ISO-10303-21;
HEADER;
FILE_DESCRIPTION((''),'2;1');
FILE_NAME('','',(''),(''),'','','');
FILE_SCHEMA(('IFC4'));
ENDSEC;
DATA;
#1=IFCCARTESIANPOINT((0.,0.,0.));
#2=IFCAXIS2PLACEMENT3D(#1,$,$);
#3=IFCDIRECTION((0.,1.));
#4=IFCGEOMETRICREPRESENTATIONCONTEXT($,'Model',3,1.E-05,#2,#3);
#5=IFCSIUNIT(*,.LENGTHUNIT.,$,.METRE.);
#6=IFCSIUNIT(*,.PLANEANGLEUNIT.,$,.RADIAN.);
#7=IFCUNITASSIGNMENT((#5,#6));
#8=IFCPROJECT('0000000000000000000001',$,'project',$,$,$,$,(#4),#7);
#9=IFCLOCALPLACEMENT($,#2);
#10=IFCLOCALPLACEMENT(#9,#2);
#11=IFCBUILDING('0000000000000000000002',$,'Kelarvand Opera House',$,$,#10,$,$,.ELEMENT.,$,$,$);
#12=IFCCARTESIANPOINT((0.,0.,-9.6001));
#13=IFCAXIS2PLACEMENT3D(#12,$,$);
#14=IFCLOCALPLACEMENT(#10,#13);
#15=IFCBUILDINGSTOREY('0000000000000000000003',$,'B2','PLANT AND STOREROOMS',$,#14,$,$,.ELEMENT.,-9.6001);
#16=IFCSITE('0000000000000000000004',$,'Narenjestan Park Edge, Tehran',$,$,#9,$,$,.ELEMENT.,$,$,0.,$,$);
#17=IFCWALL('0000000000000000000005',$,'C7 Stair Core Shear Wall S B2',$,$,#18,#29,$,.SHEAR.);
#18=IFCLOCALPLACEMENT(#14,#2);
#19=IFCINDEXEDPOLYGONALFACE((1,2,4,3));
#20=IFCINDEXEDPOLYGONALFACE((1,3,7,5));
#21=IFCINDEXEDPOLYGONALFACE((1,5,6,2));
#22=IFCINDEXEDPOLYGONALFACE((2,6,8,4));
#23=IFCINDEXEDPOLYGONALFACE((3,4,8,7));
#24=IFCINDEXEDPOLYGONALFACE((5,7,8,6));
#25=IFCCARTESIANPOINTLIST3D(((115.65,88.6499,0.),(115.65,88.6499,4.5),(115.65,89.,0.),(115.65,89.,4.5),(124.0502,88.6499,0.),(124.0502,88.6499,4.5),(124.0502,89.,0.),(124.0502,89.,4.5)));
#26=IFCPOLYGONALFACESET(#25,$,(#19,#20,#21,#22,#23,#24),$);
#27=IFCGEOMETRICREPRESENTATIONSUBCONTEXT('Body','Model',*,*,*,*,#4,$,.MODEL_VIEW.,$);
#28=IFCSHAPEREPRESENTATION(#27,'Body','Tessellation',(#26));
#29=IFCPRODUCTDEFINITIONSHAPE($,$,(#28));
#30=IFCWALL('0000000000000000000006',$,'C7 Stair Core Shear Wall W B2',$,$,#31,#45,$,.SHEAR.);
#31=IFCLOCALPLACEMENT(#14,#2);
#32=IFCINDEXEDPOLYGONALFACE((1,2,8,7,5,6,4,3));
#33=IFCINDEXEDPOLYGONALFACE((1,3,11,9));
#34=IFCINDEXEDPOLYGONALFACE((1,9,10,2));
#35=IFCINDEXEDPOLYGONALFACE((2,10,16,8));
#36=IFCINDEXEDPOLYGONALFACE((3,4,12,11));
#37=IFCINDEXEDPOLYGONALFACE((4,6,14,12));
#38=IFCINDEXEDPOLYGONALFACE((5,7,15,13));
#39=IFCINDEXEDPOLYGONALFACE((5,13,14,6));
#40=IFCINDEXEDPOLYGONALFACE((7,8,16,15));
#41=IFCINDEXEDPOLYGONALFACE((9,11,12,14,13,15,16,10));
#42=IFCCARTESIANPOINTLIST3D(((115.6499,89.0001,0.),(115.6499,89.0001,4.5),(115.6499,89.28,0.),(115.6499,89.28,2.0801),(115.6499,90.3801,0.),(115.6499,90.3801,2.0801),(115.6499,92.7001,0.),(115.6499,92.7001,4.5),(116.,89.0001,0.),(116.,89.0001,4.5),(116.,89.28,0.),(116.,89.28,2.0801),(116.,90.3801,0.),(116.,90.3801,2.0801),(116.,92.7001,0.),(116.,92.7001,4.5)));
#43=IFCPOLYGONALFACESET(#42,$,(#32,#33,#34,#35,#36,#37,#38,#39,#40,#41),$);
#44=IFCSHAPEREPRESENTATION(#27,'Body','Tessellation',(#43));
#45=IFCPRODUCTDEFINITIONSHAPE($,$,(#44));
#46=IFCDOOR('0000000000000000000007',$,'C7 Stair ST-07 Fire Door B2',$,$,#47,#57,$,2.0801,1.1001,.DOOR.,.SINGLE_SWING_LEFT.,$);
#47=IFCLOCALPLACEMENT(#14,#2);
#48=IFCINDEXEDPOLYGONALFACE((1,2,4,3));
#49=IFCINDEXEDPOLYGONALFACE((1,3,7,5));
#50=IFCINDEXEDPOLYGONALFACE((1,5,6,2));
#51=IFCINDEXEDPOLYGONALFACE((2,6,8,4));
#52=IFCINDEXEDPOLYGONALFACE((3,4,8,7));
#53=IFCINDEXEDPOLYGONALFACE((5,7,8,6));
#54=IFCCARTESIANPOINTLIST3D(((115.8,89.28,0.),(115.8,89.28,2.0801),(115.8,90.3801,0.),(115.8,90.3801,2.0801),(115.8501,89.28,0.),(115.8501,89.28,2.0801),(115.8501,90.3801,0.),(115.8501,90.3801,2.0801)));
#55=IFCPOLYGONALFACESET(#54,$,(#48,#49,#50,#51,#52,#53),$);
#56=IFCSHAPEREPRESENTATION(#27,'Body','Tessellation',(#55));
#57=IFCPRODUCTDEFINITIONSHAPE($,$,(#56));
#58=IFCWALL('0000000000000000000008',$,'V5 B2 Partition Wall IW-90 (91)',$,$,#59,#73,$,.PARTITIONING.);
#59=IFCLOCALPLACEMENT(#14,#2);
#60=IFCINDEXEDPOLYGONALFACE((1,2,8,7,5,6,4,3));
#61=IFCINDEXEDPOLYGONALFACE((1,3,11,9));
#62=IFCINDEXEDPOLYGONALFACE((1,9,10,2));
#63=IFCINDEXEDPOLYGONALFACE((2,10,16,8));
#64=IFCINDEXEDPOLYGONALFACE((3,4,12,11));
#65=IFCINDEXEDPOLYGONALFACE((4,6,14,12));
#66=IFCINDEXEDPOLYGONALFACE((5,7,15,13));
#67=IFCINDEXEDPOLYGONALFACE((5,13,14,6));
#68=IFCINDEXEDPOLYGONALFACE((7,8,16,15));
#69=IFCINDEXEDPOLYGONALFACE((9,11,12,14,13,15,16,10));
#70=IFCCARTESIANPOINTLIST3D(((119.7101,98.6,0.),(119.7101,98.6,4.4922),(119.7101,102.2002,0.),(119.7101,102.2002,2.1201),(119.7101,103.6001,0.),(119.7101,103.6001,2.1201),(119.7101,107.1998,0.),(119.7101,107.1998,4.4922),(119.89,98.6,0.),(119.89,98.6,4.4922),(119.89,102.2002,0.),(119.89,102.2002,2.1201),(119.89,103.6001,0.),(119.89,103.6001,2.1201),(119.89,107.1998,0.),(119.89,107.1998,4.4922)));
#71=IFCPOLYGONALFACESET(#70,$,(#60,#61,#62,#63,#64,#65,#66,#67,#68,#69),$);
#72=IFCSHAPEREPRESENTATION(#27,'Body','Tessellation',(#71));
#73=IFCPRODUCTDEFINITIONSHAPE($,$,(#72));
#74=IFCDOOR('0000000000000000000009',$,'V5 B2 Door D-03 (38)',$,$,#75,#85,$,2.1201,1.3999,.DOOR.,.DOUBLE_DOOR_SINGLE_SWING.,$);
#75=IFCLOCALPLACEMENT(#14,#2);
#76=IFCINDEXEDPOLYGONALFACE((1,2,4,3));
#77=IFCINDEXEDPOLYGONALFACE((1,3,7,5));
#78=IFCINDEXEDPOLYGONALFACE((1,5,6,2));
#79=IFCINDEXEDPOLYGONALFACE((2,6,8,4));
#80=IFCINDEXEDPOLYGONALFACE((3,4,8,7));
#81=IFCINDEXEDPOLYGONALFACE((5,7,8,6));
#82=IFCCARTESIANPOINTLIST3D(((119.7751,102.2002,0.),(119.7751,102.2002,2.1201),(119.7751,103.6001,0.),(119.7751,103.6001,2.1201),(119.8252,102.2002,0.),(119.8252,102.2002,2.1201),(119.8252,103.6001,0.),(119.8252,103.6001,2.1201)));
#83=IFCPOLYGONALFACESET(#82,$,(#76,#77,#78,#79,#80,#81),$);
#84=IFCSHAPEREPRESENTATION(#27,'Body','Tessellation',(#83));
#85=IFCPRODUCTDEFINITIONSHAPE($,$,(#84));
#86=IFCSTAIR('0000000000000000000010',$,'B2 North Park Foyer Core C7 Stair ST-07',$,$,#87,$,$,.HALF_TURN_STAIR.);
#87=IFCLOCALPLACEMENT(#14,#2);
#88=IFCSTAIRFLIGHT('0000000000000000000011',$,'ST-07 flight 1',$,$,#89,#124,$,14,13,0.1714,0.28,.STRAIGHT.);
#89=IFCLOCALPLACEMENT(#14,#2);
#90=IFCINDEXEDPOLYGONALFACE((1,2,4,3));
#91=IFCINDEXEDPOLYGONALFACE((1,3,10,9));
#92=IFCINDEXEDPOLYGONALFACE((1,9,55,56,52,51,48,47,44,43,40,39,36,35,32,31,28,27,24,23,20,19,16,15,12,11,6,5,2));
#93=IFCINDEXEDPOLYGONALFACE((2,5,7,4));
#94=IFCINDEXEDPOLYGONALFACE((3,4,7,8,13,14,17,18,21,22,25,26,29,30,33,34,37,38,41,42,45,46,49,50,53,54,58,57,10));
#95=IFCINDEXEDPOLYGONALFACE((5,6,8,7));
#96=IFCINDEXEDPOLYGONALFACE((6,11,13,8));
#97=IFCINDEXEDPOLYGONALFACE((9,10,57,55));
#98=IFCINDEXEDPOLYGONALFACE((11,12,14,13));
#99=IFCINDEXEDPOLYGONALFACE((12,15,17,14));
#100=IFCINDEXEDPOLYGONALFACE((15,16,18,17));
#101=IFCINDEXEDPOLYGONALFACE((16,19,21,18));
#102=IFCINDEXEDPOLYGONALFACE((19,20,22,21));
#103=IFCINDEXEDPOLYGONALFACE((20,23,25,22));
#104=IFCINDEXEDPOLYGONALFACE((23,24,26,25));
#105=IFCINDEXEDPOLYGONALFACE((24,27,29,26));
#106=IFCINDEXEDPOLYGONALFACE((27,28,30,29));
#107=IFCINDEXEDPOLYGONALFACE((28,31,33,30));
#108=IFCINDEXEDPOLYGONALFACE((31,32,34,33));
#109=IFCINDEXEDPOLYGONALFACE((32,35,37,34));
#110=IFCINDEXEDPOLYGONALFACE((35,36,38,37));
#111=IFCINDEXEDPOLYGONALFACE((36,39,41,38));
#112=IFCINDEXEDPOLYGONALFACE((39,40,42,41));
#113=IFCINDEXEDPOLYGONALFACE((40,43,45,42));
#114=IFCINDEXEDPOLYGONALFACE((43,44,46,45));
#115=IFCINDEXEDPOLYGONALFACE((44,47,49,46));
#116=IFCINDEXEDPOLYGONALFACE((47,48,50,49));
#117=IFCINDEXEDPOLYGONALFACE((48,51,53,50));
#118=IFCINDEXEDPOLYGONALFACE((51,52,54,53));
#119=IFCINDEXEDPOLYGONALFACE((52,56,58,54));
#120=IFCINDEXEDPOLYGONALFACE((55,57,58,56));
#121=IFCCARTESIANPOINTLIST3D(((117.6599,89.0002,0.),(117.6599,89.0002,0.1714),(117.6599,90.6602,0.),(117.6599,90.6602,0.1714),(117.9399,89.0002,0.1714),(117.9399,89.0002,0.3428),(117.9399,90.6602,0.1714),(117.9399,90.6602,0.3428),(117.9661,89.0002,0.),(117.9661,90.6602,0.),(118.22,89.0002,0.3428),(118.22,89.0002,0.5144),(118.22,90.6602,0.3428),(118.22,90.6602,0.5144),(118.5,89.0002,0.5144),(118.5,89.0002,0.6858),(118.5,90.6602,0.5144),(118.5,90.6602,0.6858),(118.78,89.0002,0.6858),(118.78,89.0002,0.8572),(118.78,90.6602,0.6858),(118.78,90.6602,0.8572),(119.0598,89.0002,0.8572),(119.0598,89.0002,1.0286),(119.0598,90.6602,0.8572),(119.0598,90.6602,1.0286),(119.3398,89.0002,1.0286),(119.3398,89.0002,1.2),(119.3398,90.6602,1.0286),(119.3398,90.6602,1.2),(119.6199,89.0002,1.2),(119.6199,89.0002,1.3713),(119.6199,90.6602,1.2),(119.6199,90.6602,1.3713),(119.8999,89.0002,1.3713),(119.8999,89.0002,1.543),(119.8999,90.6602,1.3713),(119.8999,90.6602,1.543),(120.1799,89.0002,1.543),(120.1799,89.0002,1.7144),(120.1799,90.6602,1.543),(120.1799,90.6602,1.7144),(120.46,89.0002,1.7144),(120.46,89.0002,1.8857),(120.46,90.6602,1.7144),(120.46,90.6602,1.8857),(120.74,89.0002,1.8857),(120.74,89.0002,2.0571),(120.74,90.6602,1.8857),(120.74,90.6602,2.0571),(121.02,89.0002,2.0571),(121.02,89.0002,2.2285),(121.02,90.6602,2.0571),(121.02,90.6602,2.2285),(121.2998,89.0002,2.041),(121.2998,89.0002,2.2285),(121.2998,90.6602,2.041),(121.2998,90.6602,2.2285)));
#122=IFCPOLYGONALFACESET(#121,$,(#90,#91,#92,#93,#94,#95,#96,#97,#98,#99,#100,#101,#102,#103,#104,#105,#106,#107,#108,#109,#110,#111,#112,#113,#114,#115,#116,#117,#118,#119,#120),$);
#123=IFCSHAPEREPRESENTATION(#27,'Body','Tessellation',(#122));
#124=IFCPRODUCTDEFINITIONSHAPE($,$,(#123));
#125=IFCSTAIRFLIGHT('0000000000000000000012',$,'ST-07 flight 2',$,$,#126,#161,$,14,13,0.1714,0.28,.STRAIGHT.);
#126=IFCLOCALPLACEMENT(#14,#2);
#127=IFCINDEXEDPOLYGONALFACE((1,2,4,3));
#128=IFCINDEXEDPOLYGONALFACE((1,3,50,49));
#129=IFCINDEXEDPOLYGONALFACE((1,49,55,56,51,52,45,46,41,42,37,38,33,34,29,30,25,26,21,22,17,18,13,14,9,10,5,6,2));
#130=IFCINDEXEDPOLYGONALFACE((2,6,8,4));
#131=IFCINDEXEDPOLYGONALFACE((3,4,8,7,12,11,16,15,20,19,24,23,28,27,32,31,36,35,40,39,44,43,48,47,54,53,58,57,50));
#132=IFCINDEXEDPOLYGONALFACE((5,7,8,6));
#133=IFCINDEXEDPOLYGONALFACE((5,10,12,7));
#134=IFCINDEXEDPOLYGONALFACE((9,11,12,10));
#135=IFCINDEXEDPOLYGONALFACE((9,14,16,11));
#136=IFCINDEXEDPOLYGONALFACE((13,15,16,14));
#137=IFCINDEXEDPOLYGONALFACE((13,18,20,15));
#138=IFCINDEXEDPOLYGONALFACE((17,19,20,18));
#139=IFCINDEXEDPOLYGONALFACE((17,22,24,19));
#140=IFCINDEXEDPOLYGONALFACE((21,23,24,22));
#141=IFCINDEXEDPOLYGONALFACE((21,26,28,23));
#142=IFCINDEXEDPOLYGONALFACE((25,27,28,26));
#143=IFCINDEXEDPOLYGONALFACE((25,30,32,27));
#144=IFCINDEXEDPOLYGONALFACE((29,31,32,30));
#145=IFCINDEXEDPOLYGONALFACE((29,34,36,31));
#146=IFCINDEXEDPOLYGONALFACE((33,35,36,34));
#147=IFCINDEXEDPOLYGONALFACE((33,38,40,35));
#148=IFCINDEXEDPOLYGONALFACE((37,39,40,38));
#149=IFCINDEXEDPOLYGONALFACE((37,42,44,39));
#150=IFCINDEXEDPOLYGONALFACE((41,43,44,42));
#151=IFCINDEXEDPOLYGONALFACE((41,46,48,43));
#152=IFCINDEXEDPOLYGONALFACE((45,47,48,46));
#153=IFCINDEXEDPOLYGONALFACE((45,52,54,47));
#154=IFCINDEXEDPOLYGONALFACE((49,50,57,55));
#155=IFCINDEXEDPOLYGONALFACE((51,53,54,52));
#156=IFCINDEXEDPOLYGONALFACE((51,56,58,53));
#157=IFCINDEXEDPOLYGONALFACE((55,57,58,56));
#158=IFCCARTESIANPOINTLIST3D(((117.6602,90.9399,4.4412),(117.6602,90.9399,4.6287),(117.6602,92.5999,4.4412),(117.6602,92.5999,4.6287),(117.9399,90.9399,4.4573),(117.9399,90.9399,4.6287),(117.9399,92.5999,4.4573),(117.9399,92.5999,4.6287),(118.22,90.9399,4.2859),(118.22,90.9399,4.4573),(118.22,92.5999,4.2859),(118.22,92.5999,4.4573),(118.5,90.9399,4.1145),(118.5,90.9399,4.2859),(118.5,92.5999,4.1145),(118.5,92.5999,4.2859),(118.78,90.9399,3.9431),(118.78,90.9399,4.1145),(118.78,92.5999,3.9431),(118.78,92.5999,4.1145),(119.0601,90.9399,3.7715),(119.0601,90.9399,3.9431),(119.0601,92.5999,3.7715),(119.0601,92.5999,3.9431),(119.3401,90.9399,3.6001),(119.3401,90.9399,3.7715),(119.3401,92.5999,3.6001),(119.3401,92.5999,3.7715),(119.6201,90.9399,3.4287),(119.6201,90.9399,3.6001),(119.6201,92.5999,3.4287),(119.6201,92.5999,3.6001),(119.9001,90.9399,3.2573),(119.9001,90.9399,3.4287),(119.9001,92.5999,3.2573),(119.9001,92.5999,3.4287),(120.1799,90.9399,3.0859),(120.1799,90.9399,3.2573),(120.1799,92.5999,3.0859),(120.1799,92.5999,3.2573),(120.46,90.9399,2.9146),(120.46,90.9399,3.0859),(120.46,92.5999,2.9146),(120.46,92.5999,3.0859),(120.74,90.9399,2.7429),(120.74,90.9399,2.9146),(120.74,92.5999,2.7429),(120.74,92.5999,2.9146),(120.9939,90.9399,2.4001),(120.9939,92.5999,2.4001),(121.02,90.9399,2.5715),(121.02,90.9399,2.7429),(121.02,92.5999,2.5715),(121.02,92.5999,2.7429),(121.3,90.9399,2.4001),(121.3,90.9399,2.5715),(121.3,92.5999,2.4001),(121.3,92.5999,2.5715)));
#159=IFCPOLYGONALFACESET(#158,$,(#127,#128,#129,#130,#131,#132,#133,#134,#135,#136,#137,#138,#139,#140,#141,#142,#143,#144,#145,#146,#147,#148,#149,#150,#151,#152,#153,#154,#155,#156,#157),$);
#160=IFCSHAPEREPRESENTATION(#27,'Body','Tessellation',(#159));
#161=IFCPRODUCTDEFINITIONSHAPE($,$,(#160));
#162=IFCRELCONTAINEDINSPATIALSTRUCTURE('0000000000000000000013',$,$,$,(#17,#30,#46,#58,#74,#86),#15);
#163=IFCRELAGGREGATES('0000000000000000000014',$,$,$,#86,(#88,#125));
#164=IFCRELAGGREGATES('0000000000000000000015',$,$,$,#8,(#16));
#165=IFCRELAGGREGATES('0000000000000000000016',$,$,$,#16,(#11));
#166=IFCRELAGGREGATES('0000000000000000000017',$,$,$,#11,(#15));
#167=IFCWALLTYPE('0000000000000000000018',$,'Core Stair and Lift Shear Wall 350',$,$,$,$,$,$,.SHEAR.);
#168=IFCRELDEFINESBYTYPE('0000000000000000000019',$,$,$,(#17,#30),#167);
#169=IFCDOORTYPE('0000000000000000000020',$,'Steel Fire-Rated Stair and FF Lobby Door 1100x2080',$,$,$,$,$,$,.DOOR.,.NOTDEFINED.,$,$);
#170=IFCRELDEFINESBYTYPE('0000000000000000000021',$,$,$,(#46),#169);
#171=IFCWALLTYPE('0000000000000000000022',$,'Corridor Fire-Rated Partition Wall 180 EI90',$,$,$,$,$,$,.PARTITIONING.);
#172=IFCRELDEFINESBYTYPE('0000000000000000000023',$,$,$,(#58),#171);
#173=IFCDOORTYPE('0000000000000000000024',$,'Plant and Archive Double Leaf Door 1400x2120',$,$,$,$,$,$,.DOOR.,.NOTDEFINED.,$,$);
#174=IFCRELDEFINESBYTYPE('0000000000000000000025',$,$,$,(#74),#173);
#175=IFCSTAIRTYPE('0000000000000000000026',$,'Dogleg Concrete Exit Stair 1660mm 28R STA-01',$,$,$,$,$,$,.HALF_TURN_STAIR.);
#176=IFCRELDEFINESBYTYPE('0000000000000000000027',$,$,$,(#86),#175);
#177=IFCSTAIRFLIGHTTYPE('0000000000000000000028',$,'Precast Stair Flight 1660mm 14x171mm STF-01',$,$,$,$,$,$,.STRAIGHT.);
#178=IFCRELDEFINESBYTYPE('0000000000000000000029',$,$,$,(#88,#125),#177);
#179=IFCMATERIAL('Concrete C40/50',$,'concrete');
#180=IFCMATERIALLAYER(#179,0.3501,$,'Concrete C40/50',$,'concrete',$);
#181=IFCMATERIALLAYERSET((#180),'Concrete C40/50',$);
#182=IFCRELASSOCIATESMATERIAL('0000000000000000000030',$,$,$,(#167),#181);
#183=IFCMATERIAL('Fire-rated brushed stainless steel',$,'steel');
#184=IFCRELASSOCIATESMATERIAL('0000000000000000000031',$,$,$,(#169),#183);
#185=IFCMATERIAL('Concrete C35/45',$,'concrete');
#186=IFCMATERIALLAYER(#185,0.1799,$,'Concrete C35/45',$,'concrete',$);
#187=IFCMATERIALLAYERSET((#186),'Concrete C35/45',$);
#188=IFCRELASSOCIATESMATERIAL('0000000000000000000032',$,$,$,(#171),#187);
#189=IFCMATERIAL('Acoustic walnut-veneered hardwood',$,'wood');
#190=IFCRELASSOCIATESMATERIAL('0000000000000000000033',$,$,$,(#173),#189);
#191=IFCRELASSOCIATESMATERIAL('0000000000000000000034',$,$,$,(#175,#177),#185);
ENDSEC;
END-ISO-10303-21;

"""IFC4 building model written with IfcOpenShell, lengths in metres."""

from ifc_helpers import new_model, si_unit, direction, frame, frame_2d, origin, place, context, subcontext, project, spatial, polyline, rectangle, outline, extrude, material, layer, layer_set, type_object, element, fill, aggregate, save


model = new_model("IFC4")

# Units and contexts
model_context = context("Model", 3, precision=1e-05, world=origin(), true_north=direction((0.0, 1.0)))
body_context = subcontext(model_context, "Body", "Model", "MODEL_VIEW")
ifc_project = project(units=[si_unit("LENGTHUNIT", "METRE"), si_unit("PLANEANGLEUNIT", "RADIAN")], contexts=[model_context])

# Site, building, storey
site_placement = place(None, origin())
site = spatial("IfcSite", under=ifc_project, at=site_placement, Name="Narenjestan Park Edge, Tehran", CompositionType="ELEMENT", RefElevation=0.0)
building_placement = place(site_placement, origin())
building = spatial("IfcBuilding", under=site, at=building_placement, Name="Kelarvand Opera House", CompositionType="ELEMENT")
storey_placement = place(building_placement, frame((0.0, 0.0, -9.6001)))
storey = spatial("IfcBuildingStorey", under=building, at=storey_placement, Name="B2", Description="PLANT AND STOREROOMS", CompositionType="ELEMENT", Elevation=-9.6001)

# Shared definitions
ifc_material_1 = material(Name="Concrete C40/50", Category="concrete")

# Wall
ifc_material_2 = material(Name="Concrete C35/45", Category="concrete")
ifc_layer_1 = layer(ifc_material_1, 0.3501, Name="Concrete C40/50", Category="concrete")
ifc_layer_set_1 = layer_set([ifc_layer_1], Name="Concrete C40/50")
wall_type_1 = type_object("IfcWallType", Name="Core Stair and Lift Shear Wall 350", PredefinedType="SHEAR", material=ifc_layer_set_1)
wall_1_placement = place(storey_placement, frame((115.6499, 88.825, 0.0), z_axis=(0.0, 0.0, 1.0), x_axis=(1.0, 0.0, 0.0)))
element("IfcWall", 1, at=wall_1_placement, inside=storey, type_object=wall_type_1, Name="C7 Stair Core Shear Wall S B2", PredefinedType="SHEAR", context=body_context, shape_type="SweptSolid", body=[
    extrude(rectangle(XDim=8.4001, YDim=0.3501, at=frame_2d((4.2002, 0.0))), origin(), (0.0, 0.0, 1.0), 4.5),
])

# Walls, openings, doors
wall_2_placement = place(storey_placement, frame((115.825, 89.0, 0.0), z_axis=(0.0, 0.0, 1.0), x_axis=(0.0, 1.0, 0.0)))
wall_2 = element("IfcWall", 2, at=wall_2_placement, inside=storey, type_object=wall_type_1, Name="C7 Stair Core Shear Wall W B2", PredefinedType="SHEAR", context=body_context, shape_type="SweptSolid", body=[
    extrude(rectangle(XDim=3.7, YDim=0.3501, at=frame_2d((1.8501, 0.0))), origin(), (0.0, 0.0, 1.0), 4.5),
])
opening_1_placement = place(wall_2_placement, frame((0.28, 0.0, 0.0)))
opening_1 = element("IfcOpeningElement", 3, at=opening_1_placement, cuts=wall_2, PredefinedType="OPENING", context=body_context, shape_type="SweptSolid", body=[
    extrude(rectangle(XDim=1.1001, YDim=2.0801, at=frame_2d((0.55, 1.04))), frame((0.0, 0.1851, 0.0), z_axis=(0.0, -1.0, 0.0), x_axis=(1.0, 0.0, 0.0)), (0.0, 0.0, 1.0), 0.3701),
])
ifc_material_3 = material(Name="Fire-rated brushed stainless steel", Category="steel")
door_type_1 = type_object("IfcDoorType", Name="Steel Fire-Rated Stair and FF Lobby Door 1100x2080", OperationType="NOTDEFINED", PredefinedType="DOOR", material=ifc_material_3)
door_1_placement = place(opening_1_placement, origin())
door_1 = element("IfcDoor", 4, at=door_1_placement, inside=storey, type_object=door_type_1, Name="C7 Stair ST-07 Fire Door B2", OperationType="SINGLE_SWING_LEFT", OverallHeight=2.0801, OverallWidth=1.1001, PredefinedType="DOOR", context=body_context, shape_type="SweptSolid", body=[
    extrude(rectangle(XDim=1.1001, YDim=2.0801, at=frame_2d((0.55, 1.04))), frame((0.0, 0.0249, 0.0), z_axis=(0.0, -1.0, 0.0), x_axis=(1.0, 0.0, 0.0)), (0.0, 0.0, 1.0), 0.05),
])
fill(opening_1, door_1)
ifc_layer_2 = layer(ifc_material_2, 0.1799, Name="Concrete C35/45", Category="concrete")
ifc_layer_set_2 = layer_set([ifc_layer_2], Name="Concrete C35/45")
wall_type_2 = type_object("IfcWallType", Name="Corridor Fire-Rated Partition Wall 180 EI90", PredefinedType="PARTITIONING", material=ifc_layer_set_2)
wall_3_placement = place(storey_placement, frame((119.8, 98.6001, 0.0), z_axis=(0.0, 0.0, 1.0), x_axis=(0.0, 1.0, 0.0)))
wall_3 = element("IfcWall", 5, at=wall_3_placement, inside=storey, type_object=wall_type_2, Name="V5 B2 Partition Wall IW-90 (91)", PredefinedType="PARTITIONING", context=body_context, shape_type="SweptSolid", body=[
    extrude(rectangle(XDim=8.5999, YDim=0.1799, at=frame_2d((4.2998, 0.0))), origin(), (0.0, 0.0, 1.0), 4.4922),
])
opening_2_placement = place(wall_3_placement, frame((3.6001, 0.0, 0.0)))
opening_2 = element("IfcOpeningElement", 6, at=opening_2_placement, cuts=wall_3, PredefinedType="OPENING", context=body_context, shape_type="SweptSolid", body=[
    extrude(rectangle(XDim=1.3999, YDim=2.1201, at=frame_2d((0.7, 1.0601))), frame((0.0, 0.1001, 0.0), z_axis=(0.0, -1.0, 0.0), x_axis=(1.0, 0.0, 0.0)), (0.0, 0.0, 1.0), 0.2),
])
ifc_material_4 = material(Name="Acoustic walnut-veneered hardwood", Category="wood")
door_type_2 = type_object("IfcDoorType", Name="Plant and Archive Double Leaf Door 1400x2120", OperationType="NOTDEFINED", PredefinedType="DOOR", material=ifc_material_4)
door_2_placement = place(opening_2_placement, origin())
door_2 = element("IfcDoor", 7, at=door_2_placement, inside=storey, type_object=door_type_2, Name="V5 B2 Door D-03 (38)", OperationType="DOUBLE_DOOR_SINGLE_SWING", OverallHeight=2.1201, OverallWidth=1.3999, PredefinedType="DOOR", context=body_context, shape_type="SweptSolid", body=[
    extrude(rectangle(XDim=1.3999, YDim=2.1201, at=frame_2d((0.7, 1.0601))), frame((0.0, 0.0249, 0.0), z_axis=(0.0, -1.0, 0.0), x_axis=(1.0, 0.0, 0.0)), (0.0, 0.0, 1.0), 0.05),
])
fill(opening_2, door_2)

# Stair, stair flights
stair_type = type_object("IfcStairType", Name="Dogleg Concrete Exit Stair 1660mm 28R STA-01", PredefinedType="HALF_TURN_STAIR", material=ifc_material_2)
stair_placement = place(storey_placement, origin())
stair = element("IfcStair", 8, at=stair_placement, inside=storey, type_object=stair_type, Name="B2 North Park Foyer Core C7 Stair ST-07", PredefinedType="HALF_TURN_STAIR")
stair_flight_type = type_object("IfcStairFlightType", Name="Precast Stair Flight 1660mm 14x171mm STF-01", PredefinedType="STRAIGHT", material=ifc_material_2)
stair_flight_1_placement = place(storey_placement, frame((117.6599, 89.8301, 0.0), z_axis=(0.0, 0.0, 1.0), x_axis=(1.0, 0.0, 0.0)))
stair_flight_1 = element("IfcStairFlight", 9, at=stair_flight_1_placement, type_object=stair_flight_type, Name="ST-07 flight 1", NumberOfRisers=14, NumberOfTreads=13, PredefinedType="STRAIGHT", RiserHeight=0.1714, TreadLength=0.28, context=body_context, shape_type="SweptSolid", body=[
    extrude(outline(polyline([(0.0, 0.0), (0.0, 0.1714), (0.28, 0.1714), (0.28, 0.3428), (0.5601, 0.3428), (0.5601, 0.5144), (0.8401, 0.5144), (0.8401, 0.6858), (1.1201, 0.6858), (1.1201, 0.8572), (1.3999, 0.8572), (1.3999, 1.0286), (1.6799, 1.0286), (1.6799, 1.2), (1.96, 1.2), (1.96, 1.3713), (2.24, 1.3713), (2.24, 1.543), (2.52, 1.543), (2.52, 1.7144), (2.8, 1.7144), (2.8, 1.8857), (3.0801, 1.8857), (3.0801, 2.0571), (3.3601, 2.0571), (3.3601, 2.2285), (3.6399, 2.2285), (3.6399, 2.3999), (3.6399, 2.041), (0.3062, 0.0), (0.0, 0.0)])), frame((0.0, 0.8301, 0.0), z_axis=(0.0, -1.0, 0.0), x_axis=(1.0, 0.0, 0.0)), (0.0, 0.0, 1.0), 1.6599),
])
stair_flight_2_placement = place(storey_placement, frame((121.3, 91.77, 2.4001), z_axis=(0.0, 0.0, 1.0), x_axis=(-1.0, 0.0, 0.0)))
stair_flight_2 = element("IfcStairFlight", 10, at=stair_flight_2_placement, type_object=stair_flight_type, Name="ST-07 flight 2", NumberOfRisers=14, NumberOfTreads=13, PredefinedType="STRAIGHT", RiserHeight=0.1714, TreadLength=0.28, context=body_context, shape_type="SweptSolid", body=[
    extrude(outline(polyline([(0.0, 0.0), (0.0, 0.1714), (0.28, 0.1714), (0.28, 0.3428), (0.5601, 0.3428), (0.5601, 0.5144), (0.8401, 0.5144), (0.8401, 0.6858), (1.1201, 0.6858), (1.1201, 0.8572), (1.3999, 0.8572), (1.3999, 1.0286), (1.6799, 1.0286), (1.6799, 1.2), (1.96, 1.2), (1.96, 1.3713), (2.24, 1.3713), (2.24, 1.543), (2.52, 1.543), (2.52, 1.7144), (2.8, 1.7144), (2.8, 1.8857), (3.0801, 1.8857), (3.0801, 2.0571), (3.3601, 2.0571), (3.3601, 2.2285), (3.6399, 2.2285), (3.6399, 2.3999), (3.6399, 2.041), (0.3062, 0.0), (0.0, 0.0)])), frame((0.0, 0.8301, 0.0), z_axis=(0.0, -1.0, 0.0), x_axis=(1.0, 0.0, 0.0)), (0.0, 0.0, 1.0), 1.6599),
])
aggregate(stair, [stair_flight_1, stair_flight_2])

save(model, "model.ifc")
